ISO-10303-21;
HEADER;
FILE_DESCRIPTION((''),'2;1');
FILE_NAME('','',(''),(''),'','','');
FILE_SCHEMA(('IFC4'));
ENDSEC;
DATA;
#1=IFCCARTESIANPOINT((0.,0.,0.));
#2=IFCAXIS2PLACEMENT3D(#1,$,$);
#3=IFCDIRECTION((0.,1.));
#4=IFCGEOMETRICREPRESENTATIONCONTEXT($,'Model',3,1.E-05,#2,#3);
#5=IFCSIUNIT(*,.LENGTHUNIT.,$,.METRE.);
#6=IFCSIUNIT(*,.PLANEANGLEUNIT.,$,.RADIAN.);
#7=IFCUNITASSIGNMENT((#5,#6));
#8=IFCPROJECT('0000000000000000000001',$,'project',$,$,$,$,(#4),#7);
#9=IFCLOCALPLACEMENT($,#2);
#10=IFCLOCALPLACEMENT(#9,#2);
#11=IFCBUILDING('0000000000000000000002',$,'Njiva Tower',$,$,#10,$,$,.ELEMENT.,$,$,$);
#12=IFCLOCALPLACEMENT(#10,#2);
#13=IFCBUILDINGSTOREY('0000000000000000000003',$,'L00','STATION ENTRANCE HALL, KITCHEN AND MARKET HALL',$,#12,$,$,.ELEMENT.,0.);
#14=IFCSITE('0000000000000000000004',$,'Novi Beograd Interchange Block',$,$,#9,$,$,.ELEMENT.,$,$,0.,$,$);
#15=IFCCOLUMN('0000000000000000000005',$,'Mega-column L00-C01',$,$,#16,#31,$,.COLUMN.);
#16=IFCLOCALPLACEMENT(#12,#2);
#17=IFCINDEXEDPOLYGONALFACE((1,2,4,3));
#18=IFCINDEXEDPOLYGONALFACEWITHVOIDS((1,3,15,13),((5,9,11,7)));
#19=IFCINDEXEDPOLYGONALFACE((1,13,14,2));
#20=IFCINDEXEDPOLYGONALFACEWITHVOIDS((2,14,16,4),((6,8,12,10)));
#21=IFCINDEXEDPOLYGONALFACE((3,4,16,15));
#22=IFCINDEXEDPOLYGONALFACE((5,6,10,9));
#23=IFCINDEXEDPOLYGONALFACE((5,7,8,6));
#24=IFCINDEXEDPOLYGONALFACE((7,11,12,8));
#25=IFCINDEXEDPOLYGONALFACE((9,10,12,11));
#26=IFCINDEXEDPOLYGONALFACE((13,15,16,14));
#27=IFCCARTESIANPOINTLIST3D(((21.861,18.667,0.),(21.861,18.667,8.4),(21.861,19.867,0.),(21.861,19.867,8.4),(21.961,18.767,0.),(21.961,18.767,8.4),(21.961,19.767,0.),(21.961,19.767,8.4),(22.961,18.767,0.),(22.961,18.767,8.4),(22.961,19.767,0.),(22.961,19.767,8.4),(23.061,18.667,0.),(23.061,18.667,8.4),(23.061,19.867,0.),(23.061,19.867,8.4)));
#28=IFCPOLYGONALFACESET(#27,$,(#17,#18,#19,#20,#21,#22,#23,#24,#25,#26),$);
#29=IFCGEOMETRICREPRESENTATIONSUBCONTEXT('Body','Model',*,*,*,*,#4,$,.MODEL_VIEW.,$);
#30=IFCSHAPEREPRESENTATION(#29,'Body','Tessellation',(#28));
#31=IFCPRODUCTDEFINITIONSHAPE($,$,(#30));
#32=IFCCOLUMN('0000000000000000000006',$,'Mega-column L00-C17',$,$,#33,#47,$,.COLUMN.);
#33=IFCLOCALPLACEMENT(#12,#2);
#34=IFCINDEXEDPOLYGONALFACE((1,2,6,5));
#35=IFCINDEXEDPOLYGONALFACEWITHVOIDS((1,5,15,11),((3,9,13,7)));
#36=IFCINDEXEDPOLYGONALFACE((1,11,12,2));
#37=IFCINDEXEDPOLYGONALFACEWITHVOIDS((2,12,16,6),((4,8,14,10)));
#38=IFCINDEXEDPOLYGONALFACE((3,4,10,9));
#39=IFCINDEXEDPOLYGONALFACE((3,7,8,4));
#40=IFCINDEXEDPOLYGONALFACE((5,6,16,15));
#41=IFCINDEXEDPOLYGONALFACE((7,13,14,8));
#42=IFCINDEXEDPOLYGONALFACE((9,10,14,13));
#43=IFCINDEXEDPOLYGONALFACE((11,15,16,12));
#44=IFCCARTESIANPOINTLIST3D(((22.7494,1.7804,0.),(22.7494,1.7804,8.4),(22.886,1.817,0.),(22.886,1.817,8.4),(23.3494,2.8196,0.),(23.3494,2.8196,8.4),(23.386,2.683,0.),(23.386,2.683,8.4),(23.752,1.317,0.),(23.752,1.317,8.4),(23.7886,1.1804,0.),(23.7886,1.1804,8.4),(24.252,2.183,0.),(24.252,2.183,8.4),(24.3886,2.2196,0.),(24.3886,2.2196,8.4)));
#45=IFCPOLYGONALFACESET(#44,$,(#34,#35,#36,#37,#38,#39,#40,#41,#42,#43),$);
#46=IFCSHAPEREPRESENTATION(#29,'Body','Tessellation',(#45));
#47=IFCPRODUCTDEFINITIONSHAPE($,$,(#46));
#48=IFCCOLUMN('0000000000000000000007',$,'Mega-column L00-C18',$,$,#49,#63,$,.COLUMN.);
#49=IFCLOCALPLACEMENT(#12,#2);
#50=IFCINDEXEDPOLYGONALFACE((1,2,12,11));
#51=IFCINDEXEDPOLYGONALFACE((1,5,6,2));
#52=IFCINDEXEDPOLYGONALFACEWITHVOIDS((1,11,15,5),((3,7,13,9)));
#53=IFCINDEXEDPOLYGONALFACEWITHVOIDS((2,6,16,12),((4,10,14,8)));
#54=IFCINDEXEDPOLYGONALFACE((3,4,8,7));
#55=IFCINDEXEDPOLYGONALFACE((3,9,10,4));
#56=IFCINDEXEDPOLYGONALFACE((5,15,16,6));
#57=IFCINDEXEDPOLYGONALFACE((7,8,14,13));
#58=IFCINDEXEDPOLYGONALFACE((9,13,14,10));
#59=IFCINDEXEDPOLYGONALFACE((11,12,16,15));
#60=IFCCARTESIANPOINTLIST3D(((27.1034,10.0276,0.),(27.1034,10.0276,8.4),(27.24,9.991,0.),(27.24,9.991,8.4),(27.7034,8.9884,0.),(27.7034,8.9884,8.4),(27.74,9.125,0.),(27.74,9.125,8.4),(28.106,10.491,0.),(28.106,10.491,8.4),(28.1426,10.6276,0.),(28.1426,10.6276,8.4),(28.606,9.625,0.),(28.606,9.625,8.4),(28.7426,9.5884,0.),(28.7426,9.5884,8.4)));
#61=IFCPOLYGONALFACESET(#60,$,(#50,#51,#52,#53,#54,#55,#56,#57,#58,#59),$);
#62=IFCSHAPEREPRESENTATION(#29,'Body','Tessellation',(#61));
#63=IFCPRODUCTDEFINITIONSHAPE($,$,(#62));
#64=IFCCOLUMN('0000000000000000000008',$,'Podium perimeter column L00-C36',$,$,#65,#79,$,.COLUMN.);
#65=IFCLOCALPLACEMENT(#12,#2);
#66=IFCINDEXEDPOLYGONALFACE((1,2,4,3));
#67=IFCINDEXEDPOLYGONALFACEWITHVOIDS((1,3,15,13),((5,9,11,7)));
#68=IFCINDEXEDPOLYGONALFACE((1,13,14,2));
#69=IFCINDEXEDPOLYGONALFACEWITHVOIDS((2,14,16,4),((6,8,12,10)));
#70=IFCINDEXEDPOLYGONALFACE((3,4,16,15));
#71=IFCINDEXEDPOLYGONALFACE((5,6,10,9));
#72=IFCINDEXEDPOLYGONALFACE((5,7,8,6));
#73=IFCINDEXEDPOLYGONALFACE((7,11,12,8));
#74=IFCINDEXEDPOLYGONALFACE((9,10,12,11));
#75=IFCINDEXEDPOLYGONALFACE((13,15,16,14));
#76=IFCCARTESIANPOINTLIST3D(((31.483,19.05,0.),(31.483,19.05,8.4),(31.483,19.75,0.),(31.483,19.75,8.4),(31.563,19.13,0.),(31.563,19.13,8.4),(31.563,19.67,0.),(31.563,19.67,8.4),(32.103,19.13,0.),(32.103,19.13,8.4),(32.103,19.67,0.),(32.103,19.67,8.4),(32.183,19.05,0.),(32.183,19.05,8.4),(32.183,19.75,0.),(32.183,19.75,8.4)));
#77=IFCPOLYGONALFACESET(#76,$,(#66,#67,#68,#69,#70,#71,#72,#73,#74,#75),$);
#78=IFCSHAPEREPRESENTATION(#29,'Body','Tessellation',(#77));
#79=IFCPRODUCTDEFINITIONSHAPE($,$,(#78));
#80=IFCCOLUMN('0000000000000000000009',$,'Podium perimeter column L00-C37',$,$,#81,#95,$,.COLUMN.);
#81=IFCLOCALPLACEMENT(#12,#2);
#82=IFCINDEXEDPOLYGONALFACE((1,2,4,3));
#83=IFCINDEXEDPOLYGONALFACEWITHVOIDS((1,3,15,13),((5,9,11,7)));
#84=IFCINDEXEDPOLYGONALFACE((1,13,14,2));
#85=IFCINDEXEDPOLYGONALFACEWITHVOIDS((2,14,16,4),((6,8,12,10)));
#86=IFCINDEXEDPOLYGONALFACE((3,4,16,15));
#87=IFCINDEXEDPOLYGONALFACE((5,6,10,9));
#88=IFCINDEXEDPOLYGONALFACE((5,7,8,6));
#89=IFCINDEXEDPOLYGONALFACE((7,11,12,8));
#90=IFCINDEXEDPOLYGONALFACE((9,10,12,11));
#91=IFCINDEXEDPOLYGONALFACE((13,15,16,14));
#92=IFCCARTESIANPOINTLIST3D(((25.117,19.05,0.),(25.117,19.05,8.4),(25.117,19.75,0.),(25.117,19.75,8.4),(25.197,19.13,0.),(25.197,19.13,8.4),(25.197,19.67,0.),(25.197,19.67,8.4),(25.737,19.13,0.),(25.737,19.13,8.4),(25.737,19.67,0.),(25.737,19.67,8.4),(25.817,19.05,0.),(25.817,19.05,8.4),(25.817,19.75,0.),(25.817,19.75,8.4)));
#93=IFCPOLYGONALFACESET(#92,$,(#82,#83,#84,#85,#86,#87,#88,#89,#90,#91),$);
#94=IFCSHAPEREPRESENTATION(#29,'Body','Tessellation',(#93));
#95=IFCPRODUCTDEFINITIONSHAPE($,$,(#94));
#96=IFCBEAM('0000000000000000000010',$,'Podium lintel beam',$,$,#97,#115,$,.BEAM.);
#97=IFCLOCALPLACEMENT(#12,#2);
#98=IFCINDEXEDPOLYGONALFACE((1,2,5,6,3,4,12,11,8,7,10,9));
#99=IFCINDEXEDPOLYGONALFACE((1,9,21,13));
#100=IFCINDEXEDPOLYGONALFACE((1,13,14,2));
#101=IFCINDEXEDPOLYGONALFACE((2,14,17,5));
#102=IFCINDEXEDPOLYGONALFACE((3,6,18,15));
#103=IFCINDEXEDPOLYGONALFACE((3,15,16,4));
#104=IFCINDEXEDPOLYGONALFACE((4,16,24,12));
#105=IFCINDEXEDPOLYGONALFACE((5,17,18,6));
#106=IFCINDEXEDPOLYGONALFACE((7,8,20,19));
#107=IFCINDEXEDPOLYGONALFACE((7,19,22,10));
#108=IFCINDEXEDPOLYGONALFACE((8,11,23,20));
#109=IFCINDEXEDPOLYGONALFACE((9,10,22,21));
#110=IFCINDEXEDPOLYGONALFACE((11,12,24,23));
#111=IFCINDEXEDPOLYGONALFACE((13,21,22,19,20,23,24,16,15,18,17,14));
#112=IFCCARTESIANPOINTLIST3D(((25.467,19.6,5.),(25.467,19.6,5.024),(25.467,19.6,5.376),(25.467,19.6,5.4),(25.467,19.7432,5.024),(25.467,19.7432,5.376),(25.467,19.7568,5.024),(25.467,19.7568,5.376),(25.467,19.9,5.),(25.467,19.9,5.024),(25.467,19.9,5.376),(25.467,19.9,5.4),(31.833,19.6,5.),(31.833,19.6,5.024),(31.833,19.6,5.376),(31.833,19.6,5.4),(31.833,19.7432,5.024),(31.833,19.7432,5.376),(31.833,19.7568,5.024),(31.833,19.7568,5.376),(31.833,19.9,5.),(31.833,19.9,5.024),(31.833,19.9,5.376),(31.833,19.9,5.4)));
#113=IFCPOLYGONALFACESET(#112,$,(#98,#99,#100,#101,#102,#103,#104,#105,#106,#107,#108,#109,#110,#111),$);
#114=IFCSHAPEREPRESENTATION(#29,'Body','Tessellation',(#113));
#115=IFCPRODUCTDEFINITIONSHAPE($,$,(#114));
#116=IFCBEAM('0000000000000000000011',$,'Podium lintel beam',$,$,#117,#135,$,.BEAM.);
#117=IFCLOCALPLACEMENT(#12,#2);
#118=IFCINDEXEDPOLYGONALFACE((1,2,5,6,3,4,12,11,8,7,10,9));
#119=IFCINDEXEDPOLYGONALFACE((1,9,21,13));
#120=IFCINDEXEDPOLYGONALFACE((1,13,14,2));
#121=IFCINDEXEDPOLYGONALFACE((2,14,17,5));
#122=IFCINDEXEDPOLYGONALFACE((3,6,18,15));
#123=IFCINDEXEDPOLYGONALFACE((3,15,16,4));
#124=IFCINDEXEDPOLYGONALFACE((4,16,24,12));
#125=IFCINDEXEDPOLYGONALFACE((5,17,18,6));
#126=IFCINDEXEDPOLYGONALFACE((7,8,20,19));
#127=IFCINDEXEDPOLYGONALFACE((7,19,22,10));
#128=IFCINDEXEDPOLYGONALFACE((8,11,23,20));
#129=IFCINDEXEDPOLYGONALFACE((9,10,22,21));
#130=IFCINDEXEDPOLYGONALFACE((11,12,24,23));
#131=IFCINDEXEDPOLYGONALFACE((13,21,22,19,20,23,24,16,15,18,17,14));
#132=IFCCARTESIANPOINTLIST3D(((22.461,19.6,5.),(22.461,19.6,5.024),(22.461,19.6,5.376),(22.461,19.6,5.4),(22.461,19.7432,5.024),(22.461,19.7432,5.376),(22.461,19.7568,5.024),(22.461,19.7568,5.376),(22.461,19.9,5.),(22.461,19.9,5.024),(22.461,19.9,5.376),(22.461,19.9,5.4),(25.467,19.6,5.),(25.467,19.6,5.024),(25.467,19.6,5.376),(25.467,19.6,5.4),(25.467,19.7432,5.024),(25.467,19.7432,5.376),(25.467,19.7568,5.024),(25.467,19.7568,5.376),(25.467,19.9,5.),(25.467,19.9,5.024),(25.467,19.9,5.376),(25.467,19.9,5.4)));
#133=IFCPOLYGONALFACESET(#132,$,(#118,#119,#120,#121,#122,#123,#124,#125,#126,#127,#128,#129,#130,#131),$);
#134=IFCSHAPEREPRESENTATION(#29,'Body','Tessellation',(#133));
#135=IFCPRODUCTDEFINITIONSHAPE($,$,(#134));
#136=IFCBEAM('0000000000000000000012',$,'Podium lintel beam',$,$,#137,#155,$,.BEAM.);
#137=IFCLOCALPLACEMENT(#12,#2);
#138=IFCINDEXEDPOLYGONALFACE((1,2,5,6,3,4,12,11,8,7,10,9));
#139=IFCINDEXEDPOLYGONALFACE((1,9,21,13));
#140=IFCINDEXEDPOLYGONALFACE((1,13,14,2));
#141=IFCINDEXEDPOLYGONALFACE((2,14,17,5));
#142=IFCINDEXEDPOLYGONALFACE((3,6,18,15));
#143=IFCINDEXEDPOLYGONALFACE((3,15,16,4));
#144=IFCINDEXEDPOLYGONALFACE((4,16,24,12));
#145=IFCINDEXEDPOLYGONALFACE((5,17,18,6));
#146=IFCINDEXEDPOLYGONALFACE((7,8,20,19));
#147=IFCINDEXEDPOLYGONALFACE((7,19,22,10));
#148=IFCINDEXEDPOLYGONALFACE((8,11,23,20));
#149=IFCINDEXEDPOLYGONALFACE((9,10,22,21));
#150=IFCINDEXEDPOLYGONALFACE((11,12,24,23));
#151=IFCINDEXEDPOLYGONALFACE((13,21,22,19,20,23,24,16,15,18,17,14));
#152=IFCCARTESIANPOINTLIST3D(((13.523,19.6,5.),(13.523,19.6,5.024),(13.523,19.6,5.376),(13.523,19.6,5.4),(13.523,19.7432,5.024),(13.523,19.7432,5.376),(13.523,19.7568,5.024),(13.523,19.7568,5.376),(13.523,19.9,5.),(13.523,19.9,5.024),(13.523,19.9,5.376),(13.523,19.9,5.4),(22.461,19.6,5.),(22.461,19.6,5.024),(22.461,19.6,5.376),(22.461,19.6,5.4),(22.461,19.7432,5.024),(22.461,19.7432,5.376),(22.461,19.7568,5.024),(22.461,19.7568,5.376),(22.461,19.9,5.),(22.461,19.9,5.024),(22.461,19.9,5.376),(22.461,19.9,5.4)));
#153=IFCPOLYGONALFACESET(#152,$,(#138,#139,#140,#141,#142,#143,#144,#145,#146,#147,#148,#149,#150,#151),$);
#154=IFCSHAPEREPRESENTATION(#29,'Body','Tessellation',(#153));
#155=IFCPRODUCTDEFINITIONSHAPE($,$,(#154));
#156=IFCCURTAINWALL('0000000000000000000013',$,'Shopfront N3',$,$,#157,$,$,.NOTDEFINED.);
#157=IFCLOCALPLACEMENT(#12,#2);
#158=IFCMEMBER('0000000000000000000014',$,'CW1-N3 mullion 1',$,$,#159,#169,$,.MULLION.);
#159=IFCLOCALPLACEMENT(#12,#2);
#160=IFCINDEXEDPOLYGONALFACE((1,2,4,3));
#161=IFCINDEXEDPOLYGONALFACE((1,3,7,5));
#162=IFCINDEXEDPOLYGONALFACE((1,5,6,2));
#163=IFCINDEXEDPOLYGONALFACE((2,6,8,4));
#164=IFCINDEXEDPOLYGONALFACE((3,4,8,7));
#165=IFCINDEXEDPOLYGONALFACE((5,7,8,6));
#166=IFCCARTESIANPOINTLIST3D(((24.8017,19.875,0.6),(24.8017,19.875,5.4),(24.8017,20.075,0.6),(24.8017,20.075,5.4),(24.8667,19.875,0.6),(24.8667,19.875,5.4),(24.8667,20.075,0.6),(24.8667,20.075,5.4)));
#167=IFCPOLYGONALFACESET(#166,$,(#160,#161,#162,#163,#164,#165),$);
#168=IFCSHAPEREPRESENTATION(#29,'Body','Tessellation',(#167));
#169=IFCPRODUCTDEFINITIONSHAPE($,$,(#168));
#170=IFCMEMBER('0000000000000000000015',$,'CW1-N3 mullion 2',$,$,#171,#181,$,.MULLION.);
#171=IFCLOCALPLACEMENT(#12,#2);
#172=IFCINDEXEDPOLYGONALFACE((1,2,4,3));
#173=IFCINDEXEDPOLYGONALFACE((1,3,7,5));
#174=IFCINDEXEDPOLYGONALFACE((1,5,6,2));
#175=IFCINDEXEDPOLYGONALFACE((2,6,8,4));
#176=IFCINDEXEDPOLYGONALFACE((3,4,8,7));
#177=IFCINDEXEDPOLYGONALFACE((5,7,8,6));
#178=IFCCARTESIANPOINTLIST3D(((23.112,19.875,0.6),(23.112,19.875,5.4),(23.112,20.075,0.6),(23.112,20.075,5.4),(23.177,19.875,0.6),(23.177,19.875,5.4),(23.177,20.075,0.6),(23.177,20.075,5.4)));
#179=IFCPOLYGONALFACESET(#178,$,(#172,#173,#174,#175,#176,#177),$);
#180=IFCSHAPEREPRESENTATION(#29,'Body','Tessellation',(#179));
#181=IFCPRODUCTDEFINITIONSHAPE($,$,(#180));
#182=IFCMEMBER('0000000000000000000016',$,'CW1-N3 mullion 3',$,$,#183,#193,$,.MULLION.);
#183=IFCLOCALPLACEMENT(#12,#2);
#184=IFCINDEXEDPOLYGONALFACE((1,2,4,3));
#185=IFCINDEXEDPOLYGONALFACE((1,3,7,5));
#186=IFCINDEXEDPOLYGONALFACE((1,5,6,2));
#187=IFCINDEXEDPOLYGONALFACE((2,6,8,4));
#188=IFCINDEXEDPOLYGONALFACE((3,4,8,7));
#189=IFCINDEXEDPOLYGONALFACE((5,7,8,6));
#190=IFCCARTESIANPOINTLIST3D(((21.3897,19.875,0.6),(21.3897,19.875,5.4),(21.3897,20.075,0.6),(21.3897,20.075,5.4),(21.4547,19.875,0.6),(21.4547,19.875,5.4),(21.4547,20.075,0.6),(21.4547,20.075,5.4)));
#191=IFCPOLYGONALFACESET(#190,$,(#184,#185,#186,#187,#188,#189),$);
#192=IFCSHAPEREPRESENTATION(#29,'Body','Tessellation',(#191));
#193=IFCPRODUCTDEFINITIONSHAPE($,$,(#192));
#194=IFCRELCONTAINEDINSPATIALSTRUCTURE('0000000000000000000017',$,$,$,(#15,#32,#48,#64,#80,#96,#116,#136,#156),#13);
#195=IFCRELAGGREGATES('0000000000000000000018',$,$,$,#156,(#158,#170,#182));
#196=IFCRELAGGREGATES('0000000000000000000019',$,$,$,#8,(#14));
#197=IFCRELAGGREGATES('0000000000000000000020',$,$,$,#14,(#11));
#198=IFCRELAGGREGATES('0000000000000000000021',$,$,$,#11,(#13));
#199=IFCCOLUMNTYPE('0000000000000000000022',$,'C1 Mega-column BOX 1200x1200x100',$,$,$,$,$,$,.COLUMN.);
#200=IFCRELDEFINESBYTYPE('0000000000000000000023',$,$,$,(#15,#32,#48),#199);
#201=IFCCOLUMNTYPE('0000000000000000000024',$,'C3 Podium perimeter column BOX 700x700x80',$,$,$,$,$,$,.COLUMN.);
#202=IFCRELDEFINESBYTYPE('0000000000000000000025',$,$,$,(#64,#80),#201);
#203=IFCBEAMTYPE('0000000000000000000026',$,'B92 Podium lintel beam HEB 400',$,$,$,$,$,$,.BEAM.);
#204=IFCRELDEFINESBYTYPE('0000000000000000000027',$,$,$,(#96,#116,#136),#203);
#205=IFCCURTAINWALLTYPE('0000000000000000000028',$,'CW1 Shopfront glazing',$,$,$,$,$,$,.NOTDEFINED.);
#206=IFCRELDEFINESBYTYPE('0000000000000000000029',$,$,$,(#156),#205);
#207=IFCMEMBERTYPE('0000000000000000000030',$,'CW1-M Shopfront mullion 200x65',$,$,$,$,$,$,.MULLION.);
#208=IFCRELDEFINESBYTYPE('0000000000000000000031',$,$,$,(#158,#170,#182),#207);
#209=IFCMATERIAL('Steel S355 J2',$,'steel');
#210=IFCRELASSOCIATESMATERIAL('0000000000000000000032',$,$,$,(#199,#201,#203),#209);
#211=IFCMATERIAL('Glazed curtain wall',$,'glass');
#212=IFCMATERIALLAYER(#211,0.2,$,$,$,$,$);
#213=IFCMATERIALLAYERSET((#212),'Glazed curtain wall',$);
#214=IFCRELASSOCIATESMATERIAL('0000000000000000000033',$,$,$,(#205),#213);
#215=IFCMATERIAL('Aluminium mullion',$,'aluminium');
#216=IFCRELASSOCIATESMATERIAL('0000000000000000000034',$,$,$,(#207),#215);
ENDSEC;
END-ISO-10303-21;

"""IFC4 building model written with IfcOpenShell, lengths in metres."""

from ifc_helpers import new_model, si_unit, direction, frame, origin, origin_2d, place, context, subcontext, project, spatial, rectangle, hollow_rectangle, i_section, extrude, material, layer, layer_set, material_profile, profile_set, type_object, element, aggregate, save


model = new_model("IFC4")

# Units and contexts
model_context = context("Model", 3, precision=1e-05, world=origin(), true_north=direction((0.0, 1.0)))
body_context = subcontext(model_context, "Body", "Model", "MODEL_VIEW")
ifc_project = project(units=[si_unit("LENGTHUNIT", "METRE"), si_unit("PLANEANGLEUNIT", "RADIAN")], contexts=[model_context])

# Site, building, storey
site_placement = place(None, origin())
site = spatial("IfcSite", under=ifc_project, at=site_placement, Name="Novi Beograd Interchange Block", CompositionType="ELEMENT", RefElevation=0.0)
building_placement = place(site_placement, origin())
building = spatial("IfcBuilding", under=site, at=building_placement, Name="Njiva Tower", CompositionType="ELEMENT")
storey_placement = place(building_placement, origin())
storey = spatial("IfcBuildingStorey", under=building, at=storey_placement, Name="L00", Description="STATION ENTRANCE HALL, KITCHEN AND MARKET HALL", CompositionType="ELEMENT", Elevation=0.0)

# Columns
ifc_material_1 = material(Name="Steel S355 J2", Category="steel")
ifc_material_profile_1 = material_profile(ifc_material_1, hollow_rectangle(XDim=1.2, YDim=1.2, WallThickness=0.1, at=origin_2d()), Name="BOX 1200x1200x100")
ifc_profile_set_1 = profile_set([ifc_material_profile_1], Name="Steel S355 J2")
column_type_1 = type_object("IfcColumnType", Name="C1 Mega-column BOX 1200x1200x100", PredefinedType="COLUMN", material=ifc_profile_set_1)
for number, where, z_axis, x_axis, name in (
    (1, (22.461, 19.267, 0.0), (0.0, 0.0, 1.0), (-1.0, 0.0, 0.0), "Mega-column L00-C01"),
    (2, (23.569, 2.0, 0.0), (0.0, 0.0, 1.0), (0.5, 0.866025, 0.0), "Mega-column L00-C17"),
    (3, (27.923, 9.808, 0.0), (0.0, 0.0, 1.0), (-0.5, 0.866025, 0.0), "Mega-column L00-C18"),
):
    element("IfcColumn", number, at=place(storey_placement, frame(where, z_axis=z_axis, x_axis=x_axis)), inside=storey, type_object=column_type_1, Name=name, PredefinedType="COLUMN", context=body_context, shape_type="SweptSolid", body=[
        extrude(hollow_rectangle(XDim=1.2, YDim=1.2, WallThickness=0.1, at=origin_2d()), origin(), (0.0, 0.0, 1.0), 8.4),
    ])
ifc_material_profile_2 = material_profile(ifc_material_1, hollow_rectangle(XDim=0.7, YDim=0.7, WallThickness=0.08, at=origin_2d()), Name="BOX 700x700x80")
ifc_profile_set_2 = profile_set([ifc_material_profile_2], Name="Steel S355 J2")
column_type_2 = type_object("IfcColumnType", Name="C3 Podium perimeter column BOX 700x700x80", PredefinedType="COLUMN", material=ifc_profile_set_2)
for number, where, z_axis, x_axis, name in (
    (4, (31.833, 19.4, 0.0), (0.0, 0.0, 1.0), (-1.0, 0.0, 0.0), "Podium perimeter column L00-C36"),
    (5, (25.467, 19.4, 0.0), (0.0, 0.0, 1.0), (-1.0, 0.0, 0.0), "Podium perimeter column L00-C37"),
):
    element("IfcColumn", number, at=place(storey_placement, frame(where, z_axis=z_axis, x_axis=x_axis)), inside=storey, type_object=column_type_2, Name=name, PredefinedType="COLUMN", context=body_context, shape_type="SweptSolid", body=[
        extrude(hollow_rectangle(XDim=0.7, YDim=0.7, WallThickness=0.08, at=origin_2d()), origin(), (0.0, 0.0, 1.0), 8.4),
    ])

# Beams
ifc_material_profile_3 = material_profile(ifc_material_1, i_section(OverallWidth=0.3, OverallDepth=0.4, WebThickness=0.0135, FlangeThickness=0.024, at=origin_2d()), Name="HEB400")
ifc_profile_set_3 = profile_set([ifc_material_profile_3], Name="Steel S355 J2")
beam_type = type_object("IfcBeamType", Name="B92 Podium lintel beam HEB 400", PredefinedType="BEAM", material=ifc_profile_set_3)
beam_1_placement = place(storey_placement, frame((31.833, 19.75, 5.2), z_axis=(-1.0, 0.0, 0.0), x_axis=(0.0, -1.0, 0.0)))
element("IfcBeam", 6, at=beam_1_placement, inside=storey, type_object=beam_type, Name="Podium lintel beam", PredefinedType="BEAM", context=body_context, shape_type="SweptSolid", body=[
    extrude(i_section(OverallWidth=0.3, OverallDepth=0.4, WebThickness=0.0135, FlangeThickness=0.024, at=origin_2d()), origin(), (0.0, 0.0, 1.0), 6.366),
])
beam_2_placement = place(storey_placement, frame((25.467, 19.75, 5.2), z_axis=(-1.0, 0.0, 0.0), x_axis=(0.0, -1.0, 0.0)))
element("IfcBeam", 7, at=beam_2_placement, inside=storey, type_object=beam_type, Name="Podium lintel beam", PredefinedType="BEAM", context=body_context, shape_type="SweptSolid", body=[
    extrude(i_section(OverallWidth=0.3, OverallDepth=0.4, WebThickness=0.0135, FlangeThickness=0.024, at=origin_2d()), origin(), (0.0, 0.0, 1.0), 3.006),
])
beam_3_placement = place(storey_placement, frame((22.461, 19.75, 5.2), z_axis=(-1.0, 0.0, 0.0), x_axis=(0.0, -1.0, 0.0)))
element("IfcBeam", 8, at=beam_3_placement, inside=storey, type_object=beam_type, Name="Podium lintel beam", PredefinedType="BEAM", context=body_context, shape_type="SweptSolid", body=[
    extrude(i_section(OverallWidth=0.3, OverallDepth=0.4, WebThickness=0.0135, FlangeThickness=0.024, at=origin_2d()), origin(), (0.0, 0.0, 1.0), 8.938),
])

# Curtain wall, members
ifc_material_2 = material(Name="Glazed curtain wall", Category="glass")
ifc_layer_1 = layer(ifc_material_2, 0.2)
ifc_layer_set_1 = layer_set([ifc_layer_1], Name="Glazed curtain wall")
curtain_wall_type = type_object("IfcCurtainWallType", Name="CW1 Shopfront glazing", PredefinedType="NOTDEFINED", material=ifc_layer_set_1)
curtain_wall_placement = place(storey_placement, origin())
curtain_wall = element("IfcCurtainWall", 9, at=curtain_wall_placement, inside=storey, type_object=curtain_wall_type, Name="Shopfront N3", PredefinedType="NOTDEFINED")
ifc_material_3 = material(Name="Aluminium mullion", Category="aluminium")
ifc_material_profile_4 = material_profile(ifc_material_3, rectangle(XDim=0.2, YDim=0.065, at=origin_2d()), Name="RECT 200x65")
ifc_profile_set_4 = profile_set([ifc_material_profile_4], Name="Aluminium mullion")
member_type_1 = type_object("IfcMemberType", Name="CW1-M Shopfront mullion 200x65", PredefinedType="MULLION", material=ifc_profile_set_4)
member_1_placement = place(storey_placement, frame((24.8342, 19.975, 0.6), z_axis=(0.0, 0.0, 1.0), x_axis=(0.0, -1.0, 0.0)))
member_1 = element("IfcMember", 10, at=member_1_placement, type_object=member_type_1, Name="CW1-N3 mullion 1", PredefinedType="MULLION", context=body_context, shape_type="SweptSolid", body=[
    extrude(rectangle(XDim=0.2, YDim=0.065, at=origin_2d()), origin(), (0.0, 0.0, 1.0), 4.8),
])
member_2_placement = place(storey_placement, frame((23.1445, 19.975, 0.6), z_axis=(0.0, 0.0, 1.0), x_axis=(0.0, -1.0, 0.0)))
member_2 = element("IfcMember", 11, at=member_2_placement, type_object=member_type_1, Name="CW1-N3 mullion 2", PredefinedType="MULLION", context=body_context, shape_type="SweptSolid", body=[
    extrude(rectangle(XDim=0.2, YDim=0.065, at=origin_2d()), origin(), (0.0, 0.0, 1.0), 4.8),
])
member_3_placement = place(storey_placement, frame((21.4222, 19.975, 0.6), z_axis=(0.0, 0.0, 1.0), x_axis=(0.0, -1.0, 0.0)))
member_3 = element("IfcMember", 12, at=member_3_placement, type_object=member_type_1, Name="CW1-N3 mullion 3", PredefinedType="MULLION", context=body_context, shape_type="SweptSolid", body=[
    extrude(rectangle(XDim=0.2, YDim=0.065, at=origin_2d()), origin(), (0.0, 0.0, 1.0), 4.8),
])
aggregate(curtain_wall, [member_1, member_2, member_3])

save(model, "model.ifc")
